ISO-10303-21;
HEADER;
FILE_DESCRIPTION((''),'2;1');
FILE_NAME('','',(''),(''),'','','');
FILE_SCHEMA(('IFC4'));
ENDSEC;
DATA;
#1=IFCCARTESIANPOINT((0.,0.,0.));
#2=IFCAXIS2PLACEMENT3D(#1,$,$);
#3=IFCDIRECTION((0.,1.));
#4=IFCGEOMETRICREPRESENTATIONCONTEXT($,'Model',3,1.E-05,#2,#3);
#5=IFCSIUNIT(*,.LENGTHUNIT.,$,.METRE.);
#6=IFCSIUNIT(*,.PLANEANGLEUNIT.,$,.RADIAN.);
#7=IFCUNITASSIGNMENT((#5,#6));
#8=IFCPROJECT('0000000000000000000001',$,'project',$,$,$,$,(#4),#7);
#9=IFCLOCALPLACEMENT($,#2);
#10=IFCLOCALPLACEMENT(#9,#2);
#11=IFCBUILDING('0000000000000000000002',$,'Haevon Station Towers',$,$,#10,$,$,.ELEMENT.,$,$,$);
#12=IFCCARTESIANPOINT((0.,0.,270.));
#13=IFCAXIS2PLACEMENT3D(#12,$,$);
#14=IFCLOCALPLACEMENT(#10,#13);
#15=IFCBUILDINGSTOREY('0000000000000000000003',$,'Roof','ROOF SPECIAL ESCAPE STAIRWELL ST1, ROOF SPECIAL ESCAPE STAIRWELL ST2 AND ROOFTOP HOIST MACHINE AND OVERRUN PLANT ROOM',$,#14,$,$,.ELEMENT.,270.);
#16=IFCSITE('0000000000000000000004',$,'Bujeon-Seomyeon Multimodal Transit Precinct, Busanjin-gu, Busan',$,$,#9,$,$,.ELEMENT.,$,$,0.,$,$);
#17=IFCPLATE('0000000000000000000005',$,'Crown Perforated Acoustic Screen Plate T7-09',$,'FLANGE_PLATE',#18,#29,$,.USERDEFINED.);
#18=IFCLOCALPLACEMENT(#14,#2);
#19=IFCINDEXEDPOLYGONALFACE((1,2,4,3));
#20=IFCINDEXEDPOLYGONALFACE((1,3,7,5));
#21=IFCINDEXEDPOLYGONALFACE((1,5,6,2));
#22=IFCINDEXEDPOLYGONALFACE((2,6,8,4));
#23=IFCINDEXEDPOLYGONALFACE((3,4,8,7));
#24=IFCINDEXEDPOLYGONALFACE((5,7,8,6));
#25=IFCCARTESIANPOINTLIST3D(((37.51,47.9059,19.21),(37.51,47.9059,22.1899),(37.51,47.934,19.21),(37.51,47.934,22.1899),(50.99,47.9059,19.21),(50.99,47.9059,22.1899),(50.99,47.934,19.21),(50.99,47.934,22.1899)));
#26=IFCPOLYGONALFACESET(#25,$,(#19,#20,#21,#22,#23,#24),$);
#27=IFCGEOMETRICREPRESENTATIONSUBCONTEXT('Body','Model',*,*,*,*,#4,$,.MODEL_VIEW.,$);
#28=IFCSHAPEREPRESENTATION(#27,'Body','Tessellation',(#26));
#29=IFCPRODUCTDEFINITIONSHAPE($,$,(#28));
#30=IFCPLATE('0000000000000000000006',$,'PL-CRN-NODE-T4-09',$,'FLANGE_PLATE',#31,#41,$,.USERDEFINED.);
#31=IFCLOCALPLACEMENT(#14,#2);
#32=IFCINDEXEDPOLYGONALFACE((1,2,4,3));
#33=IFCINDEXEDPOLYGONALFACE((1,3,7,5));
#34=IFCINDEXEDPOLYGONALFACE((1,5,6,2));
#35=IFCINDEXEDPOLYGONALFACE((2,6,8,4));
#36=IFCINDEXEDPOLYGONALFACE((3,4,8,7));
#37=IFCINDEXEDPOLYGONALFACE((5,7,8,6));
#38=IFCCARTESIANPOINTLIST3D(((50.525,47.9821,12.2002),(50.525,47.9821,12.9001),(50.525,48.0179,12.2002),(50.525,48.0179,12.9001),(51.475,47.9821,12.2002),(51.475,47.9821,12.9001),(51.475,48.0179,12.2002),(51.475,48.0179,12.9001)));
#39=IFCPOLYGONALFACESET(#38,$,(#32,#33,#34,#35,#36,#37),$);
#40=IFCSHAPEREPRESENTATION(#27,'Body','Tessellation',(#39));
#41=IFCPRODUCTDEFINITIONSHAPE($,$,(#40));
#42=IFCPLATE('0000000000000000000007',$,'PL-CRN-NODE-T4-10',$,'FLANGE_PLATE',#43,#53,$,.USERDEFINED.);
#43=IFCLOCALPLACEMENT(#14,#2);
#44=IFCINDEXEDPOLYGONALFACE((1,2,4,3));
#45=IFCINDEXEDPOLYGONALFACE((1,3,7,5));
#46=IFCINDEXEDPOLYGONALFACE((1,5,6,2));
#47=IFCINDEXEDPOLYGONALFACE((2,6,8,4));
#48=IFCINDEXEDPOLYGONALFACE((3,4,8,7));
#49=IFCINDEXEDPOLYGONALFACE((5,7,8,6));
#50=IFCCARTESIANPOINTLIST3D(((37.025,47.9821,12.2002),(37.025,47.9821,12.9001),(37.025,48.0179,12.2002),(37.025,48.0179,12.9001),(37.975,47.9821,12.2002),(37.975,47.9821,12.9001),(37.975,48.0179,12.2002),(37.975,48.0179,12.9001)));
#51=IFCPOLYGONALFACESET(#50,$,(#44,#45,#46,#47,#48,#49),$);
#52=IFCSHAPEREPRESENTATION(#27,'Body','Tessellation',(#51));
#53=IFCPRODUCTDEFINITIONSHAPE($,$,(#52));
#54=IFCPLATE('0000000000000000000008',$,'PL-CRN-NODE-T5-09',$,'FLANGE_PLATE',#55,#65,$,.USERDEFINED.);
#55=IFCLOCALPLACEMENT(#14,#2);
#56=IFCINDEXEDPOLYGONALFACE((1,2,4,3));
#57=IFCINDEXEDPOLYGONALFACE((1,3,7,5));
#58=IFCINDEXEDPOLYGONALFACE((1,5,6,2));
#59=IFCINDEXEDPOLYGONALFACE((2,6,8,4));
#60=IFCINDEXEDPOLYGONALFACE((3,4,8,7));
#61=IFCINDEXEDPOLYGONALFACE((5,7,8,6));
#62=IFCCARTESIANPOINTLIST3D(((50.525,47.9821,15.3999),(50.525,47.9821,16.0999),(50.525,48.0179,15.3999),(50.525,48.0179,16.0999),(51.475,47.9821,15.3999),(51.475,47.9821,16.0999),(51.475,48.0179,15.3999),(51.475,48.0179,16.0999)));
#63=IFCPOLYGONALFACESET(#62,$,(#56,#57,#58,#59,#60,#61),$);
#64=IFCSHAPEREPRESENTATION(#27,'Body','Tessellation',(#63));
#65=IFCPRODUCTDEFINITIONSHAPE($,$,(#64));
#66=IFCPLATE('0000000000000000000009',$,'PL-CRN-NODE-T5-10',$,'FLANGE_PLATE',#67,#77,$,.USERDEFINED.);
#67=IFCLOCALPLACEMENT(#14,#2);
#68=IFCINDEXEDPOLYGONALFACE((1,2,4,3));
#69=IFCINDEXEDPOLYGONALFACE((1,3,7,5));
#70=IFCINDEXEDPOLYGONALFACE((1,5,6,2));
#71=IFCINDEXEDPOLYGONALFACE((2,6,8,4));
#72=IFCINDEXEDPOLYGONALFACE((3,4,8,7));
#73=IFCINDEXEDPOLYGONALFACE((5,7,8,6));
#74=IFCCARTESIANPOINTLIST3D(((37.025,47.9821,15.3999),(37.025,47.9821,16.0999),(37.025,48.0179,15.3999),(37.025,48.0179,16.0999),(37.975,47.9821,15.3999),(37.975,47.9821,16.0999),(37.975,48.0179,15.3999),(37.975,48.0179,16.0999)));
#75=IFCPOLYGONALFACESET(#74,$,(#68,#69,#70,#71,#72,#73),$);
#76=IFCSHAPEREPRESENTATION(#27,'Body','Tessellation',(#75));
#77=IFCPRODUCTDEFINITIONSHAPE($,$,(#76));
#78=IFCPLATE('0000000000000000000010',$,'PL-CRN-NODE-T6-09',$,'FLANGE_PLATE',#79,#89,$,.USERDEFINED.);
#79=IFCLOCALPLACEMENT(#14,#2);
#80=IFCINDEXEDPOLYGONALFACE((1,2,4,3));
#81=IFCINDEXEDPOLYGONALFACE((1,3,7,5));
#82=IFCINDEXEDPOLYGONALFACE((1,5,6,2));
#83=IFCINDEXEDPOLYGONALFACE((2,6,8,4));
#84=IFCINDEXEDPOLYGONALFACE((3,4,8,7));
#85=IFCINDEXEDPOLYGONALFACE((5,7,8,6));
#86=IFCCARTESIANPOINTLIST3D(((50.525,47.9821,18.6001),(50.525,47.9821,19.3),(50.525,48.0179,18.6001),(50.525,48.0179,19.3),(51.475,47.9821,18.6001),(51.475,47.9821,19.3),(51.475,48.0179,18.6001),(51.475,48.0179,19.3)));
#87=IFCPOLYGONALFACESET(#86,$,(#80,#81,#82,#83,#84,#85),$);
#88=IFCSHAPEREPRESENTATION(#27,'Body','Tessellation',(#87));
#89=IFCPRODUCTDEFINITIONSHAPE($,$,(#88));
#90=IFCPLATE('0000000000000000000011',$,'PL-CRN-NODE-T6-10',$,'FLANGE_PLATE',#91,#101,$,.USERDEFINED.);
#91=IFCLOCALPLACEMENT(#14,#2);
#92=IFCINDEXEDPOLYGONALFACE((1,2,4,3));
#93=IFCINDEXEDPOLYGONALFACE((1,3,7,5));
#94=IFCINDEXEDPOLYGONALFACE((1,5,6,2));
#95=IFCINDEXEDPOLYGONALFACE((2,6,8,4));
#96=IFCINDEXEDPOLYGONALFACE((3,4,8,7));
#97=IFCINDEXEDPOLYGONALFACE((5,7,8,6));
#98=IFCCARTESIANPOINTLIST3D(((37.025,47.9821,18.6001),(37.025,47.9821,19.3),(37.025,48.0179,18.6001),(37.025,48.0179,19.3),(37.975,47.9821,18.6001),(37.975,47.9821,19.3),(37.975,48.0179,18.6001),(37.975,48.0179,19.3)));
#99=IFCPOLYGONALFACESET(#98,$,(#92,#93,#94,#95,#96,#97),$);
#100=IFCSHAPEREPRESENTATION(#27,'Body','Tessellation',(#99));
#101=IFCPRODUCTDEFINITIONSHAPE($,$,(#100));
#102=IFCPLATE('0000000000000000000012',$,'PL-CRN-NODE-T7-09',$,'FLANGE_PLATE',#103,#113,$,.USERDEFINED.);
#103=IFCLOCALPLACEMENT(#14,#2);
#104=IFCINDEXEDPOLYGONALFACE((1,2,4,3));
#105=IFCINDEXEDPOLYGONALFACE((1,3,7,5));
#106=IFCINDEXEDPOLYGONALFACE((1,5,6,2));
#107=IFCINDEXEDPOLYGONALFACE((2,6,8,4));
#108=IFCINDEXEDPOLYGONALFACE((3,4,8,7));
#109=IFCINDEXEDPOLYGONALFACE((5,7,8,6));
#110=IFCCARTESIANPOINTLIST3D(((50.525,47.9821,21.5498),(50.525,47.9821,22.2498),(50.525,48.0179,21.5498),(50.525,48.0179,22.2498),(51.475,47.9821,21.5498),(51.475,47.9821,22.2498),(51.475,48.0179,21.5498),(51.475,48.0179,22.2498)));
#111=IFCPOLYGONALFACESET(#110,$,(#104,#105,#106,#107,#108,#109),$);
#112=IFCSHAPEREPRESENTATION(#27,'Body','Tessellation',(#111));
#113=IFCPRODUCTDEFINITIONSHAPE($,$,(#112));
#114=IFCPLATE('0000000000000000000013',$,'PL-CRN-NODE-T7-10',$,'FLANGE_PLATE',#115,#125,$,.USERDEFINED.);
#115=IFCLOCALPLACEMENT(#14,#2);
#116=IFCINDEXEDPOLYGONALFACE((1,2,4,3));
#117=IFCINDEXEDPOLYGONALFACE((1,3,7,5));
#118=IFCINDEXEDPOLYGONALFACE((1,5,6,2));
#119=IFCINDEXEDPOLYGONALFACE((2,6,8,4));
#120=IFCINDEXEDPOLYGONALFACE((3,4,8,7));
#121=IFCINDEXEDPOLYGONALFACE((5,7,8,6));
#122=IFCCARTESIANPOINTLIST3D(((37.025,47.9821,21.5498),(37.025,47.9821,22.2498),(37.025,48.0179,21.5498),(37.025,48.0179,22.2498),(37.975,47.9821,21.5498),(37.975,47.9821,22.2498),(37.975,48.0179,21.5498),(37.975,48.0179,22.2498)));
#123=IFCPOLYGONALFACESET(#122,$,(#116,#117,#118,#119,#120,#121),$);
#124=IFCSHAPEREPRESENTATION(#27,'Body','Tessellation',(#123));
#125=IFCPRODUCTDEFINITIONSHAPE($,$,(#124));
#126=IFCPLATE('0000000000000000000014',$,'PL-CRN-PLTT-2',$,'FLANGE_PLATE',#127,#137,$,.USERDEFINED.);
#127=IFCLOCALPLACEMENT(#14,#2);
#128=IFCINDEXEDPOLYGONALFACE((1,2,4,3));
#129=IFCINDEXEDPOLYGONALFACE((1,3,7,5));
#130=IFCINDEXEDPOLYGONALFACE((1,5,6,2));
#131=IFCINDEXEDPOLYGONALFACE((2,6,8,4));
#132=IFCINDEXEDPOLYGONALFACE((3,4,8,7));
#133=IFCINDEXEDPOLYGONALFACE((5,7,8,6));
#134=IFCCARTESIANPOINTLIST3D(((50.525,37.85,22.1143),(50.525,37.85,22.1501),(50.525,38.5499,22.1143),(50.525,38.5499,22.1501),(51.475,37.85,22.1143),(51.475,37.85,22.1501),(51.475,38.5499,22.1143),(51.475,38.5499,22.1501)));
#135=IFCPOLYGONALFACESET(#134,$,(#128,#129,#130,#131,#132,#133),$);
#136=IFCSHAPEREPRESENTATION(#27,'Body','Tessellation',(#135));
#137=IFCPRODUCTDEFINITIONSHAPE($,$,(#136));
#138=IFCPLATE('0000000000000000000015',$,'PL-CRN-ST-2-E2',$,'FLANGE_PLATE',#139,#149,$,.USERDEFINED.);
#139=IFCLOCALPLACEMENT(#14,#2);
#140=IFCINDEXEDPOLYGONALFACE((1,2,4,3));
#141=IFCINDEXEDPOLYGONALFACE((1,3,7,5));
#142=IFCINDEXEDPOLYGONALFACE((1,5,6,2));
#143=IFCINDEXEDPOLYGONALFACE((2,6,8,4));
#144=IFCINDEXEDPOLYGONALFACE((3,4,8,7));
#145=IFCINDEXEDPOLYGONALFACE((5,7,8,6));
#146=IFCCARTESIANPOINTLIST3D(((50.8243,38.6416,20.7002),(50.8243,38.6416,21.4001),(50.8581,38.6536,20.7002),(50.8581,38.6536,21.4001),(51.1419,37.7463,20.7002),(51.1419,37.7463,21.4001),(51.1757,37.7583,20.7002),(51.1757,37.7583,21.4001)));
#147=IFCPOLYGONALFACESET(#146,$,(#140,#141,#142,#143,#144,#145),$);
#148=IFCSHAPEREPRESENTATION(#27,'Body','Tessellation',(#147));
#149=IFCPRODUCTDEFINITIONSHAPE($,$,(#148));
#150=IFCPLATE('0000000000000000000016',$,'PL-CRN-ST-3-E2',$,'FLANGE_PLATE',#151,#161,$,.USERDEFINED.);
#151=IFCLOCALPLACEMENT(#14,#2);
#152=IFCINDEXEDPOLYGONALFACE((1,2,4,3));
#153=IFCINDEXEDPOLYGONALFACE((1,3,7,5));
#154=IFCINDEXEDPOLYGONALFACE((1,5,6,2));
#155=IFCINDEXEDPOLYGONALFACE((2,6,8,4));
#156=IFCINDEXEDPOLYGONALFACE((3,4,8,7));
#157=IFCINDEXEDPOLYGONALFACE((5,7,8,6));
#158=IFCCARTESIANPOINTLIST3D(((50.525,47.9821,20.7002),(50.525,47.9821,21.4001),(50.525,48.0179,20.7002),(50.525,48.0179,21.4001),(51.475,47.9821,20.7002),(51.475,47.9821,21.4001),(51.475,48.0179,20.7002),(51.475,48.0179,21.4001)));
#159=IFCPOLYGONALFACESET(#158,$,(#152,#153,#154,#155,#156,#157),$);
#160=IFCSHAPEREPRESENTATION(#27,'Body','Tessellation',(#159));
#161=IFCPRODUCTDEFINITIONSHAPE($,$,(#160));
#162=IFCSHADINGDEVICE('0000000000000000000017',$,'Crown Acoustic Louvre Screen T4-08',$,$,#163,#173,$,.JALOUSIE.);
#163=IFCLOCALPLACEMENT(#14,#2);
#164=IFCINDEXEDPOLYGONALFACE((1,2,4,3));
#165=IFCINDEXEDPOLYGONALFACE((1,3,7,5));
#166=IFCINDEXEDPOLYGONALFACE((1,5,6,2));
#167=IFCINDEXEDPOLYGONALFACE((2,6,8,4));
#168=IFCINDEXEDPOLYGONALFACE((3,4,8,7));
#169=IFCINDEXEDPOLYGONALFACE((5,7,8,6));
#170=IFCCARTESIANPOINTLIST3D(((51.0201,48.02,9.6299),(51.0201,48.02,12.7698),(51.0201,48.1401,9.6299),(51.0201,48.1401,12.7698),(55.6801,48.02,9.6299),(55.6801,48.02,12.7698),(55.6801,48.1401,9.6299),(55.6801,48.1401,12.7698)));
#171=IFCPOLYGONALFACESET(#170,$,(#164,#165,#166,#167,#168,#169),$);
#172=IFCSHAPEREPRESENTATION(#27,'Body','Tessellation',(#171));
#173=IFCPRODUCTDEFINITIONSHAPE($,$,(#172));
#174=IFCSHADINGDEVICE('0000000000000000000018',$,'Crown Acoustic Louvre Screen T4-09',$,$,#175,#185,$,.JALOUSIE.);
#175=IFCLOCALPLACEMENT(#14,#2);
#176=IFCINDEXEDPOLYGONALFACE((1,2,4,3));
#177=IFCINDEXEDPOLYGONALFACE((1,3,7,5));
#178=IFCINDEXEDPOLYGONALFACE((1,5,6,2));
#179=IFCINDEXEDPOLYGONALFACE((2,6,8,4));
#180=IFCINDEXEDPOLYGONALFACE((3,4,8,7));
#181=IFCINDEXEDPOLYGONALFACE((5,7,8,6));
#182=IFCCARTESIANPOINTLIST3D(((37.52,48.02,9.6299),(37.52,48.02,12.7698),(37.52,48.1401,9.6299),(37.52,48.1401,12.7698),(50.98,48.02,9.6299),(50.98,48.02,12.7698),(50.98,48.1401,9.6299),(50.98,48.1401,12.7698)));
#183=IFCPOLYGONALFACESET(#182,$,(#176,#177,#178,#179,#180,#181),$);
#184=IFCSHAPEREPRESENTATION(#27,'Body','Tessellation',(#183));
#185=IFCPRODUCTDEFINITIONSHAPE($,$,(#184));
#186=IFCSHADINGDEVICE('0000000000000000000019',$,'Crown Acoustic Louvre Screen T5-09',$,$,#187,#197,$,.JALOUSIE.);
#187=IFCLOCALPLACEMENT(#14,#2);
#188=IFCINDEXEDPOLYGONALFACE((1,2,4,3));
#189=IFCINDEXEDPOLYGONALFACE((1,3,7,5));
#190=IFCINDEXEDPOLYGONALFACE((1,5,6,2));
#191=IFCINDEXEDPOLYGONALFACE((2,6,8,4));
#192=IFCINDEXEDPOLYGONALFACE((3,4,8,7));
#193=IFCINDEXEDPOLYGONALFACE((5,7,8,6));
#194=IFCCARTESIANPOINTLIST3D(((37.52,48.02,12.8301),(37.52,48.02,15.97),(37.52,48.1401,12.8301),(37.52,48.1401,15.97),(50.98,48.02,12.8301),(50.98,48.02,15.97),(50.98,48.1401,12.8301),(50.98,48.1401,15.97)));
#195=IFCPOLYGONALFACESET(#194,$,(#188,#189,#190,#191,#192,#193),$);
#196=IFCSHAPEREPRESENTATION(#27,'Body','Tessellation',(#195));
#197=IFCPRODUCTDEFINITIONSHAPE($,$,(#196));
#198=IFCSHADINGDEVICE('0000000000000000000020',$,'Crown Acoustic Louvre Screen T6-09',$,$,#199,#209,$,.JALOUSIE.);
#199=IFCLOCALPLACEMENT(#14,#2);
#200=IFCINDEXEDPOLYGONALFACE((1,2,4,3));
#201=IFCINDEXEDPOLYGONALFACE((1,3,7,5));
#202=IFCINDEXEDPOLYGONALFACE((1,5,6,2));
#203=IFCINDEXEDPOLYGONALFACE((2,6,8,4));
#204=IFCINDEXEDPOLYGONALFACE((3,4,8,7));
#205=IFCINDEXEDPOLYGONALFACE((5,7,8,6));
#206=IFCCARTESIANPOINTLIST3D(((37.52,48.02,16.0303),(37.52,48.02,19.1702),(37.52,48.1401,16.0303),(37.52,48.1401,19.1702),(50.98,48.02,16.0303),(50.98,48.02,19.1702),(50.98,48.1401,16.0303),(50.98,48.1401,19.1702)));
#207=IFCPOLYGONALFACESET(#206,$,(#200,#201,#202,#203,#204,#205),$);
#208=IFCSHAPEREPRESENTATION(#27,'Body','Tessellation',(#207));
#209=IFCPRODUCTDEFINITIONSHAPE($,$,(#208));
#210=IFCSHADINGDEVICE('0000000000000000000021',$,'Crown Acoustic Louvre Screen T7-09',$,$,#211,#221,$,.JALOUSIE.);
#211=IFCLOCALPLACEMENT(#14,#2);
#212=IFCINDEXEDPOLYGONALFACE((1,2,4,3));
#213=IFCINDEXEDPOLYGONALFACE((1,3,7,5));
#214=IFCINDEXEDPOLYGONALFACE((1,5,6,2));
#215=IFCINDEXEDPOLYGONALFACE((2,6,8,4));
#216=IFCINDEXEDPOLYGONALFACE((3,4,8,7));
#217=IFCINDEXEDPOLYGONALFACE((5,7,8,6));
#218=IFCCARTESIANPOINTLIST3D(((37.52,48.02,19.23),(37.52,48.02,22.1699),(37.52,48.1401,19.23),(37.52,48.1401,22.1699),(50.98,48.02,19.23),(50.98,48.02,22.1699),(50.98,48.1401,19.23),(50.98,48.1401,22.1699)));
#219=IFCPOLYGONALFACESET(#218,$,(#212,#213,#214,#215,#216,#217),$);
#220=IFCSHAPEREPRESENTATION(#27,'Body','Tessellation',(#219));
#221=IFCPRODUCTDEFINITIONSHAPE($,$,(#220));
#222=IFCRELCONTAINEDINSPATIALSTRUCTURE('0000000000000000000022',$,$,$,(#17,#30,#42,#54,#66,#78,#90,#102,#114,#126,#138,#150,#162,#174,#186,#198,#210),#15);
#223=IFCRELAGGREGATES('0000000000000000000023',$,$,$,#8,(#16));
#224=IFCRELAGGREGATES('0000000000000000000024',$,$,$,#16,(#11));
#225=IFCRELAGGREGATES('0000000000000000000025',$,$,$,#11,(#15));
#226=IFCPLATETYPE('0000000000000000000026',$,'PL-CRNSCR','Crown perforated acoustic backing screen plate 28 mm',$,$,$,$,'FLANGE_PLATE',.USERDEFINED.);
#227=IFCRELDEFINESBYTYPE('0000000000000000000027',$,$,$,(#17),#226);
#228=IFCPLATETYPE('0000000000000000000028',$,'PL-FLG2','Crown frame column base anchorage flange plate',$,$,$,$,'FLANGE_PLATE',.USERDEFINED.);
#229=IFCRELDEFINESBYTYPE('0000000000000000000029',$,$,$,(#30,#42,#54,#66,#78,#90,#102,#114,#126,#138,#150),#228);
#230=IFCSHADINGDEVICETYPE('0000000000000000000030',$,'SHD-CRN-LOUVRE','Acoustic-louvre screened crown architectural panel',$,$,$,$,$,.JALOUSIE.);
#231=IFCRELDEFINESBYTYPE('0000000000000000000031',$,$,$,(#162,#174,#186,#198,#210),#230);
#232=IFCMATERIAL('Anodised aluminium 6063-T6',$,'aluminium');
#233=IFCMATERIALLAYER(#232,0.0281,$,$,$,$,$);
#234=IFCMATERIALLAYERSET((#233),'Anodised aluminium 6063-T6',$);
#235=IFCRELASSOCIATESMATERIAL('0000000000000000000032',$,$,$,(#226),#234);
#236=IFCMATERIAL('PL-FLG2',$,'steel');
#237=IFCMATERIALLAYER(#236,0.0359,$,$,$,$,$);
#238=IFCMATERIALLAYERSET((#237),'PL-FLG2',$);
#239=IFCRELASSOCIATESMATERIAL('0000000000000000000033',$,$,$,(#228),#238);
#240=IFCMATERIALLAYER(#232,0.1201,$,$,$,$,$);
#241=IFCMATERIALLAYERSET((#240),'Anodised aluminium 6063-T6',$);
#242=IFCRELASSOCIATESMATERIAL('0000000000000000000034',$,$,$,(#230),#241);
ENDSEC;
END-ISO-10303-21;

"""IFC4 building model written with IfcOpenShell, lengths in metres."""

from ifc_helpers import new_model, si_unit, direction, frame, origin, origin_2d, place, context, subcontext, project, spatial, rectangle, extrude, material, layer, layer_set, type_object, element, save


model = new_model("IFC4")

# Units and contexts
model_context = context("Model", 3, precision=1e-05, world=origin(), true_north=direction((0.0, 1.0)))
body_context = subcontext(model_context, "Body", "Model", "MODEL_VIEW")
ifc_project = project(units=[si_unit("LENGTHUNIT", "METRE"), si_unit("PLANEANGLEUNIT", "RADIAN")], contexts=[model_context])

# Site, building, storey
site_placement = place(None, origin())
site = spatial("IfcSite", under=ifc_project, at=site_placement, Name="Bujeon-Seomyeon Multimodal Transit Precinct, Busanjin-gu, Busan", CompositionType="ELEMENT", RefElevation=0.0)
building_placement = place(site_placement, origin())
building = spatial("IfcBuilding", under=site, at=building_placement, Name="Haevon Station Towers", CompositionType="ELEMENT")
storey_placement = place(building_placement, frame((0.0, 0.0, 270.0)))
storey = spatial("IfcBuildingStorey", under=building, at=storey_placement, Name="Roof", Description="ROOF SPECIAL ESCAPE STAIRWELL ST1, ROOF SPECIAL ESCAPE STAIRWELL ST2 AND ROOFTOP HOIST MACHINE AND OVERRUN PLANT ROOM", CompositionType="ELEMENT", Elevation=270.0)

# Plates
ifc_material_1 = material(Name="Anodised aluminium 6063-T6", Category="aluminium")
ifc_layer_1 = layer(ifc_material_1, 0.0281)
ifc_layer_set_1 = layer_set([ifc_layer_1], Name="Anodised aluminium 6063-T6")
plate_type_1 = type_object("IfcPlateType", Name="PL-CRNSCR", Description="Crown perforated acoustic backing screen plate 28 mm", ElementType="FLANGE_PLATE", PredefinedType="USERDEFINED", material=ifc_layer_set_1)
plate_1_placement = place(storey_placement, frame((44.25, 47.9199, 19.21), z_axis=(0.0, 0.0, 1.0), x_axis=(-1.0, 0.0, 0.0)))
element("IfcPlate", 1, at=plate_1_placement, inside=storey, type_object=plate_type_1, Name="Crown Perforated Acoustic Screen Plate T7-09", ObjectType="FLANGE_PLATE", PredefinedType="USERDEFINED", context=body_context, shape_type="SweptSolid", body=[
    extrude(rectangle(XDim=13.48, YDim=0.0281, at=origin_2d()), origin(), (0.0, 0.0, 1.0), 2.98),
])
ifc_material_2 = material(Name="PL-FLG2", Category="steel")
ifc_layer_2 = layer(ifc_material_2, 0.0359)
ifc_layer_set_2 = layer_set([ifc_layer_2], Name="PL-FLG2")
plate_type_2 = type_object("IfcPlateType", Name="PL-FLG2", Description="Crown frame column base anchorage flange plate", ElementType="FLANGE_PLATE", PredefinedType="USERDEFINED", material=ifc_layer_set_2)
for number, where, z_axis, x_axis, name in (
    (2, (51.0, 48.0, 12.2002), (0.0, 0.0, 1.0), (-1.0, 0.0, 0.0), "PL-CRN-NODE-T4-09"),
    (3, (37.5, 48.0, 12.2002), (0.0, 0.0, 1.0), (-1.0, 0.0, 0.0), "PL-CRN-NODE-T4-10"),
    (4, (51.0, 48.0, 15.3999), (0.0, 0.0, 1.0), (-1.0, 0.0, 0.0), "PL-CRN-NODE-T5-09"),
    (5, (37.5, 48.0, 15.3999), (0.0, 0.0, 1.0), (-1.0, 0.0, 0.0), "PL-CRN-NODE-T5-10"),
    (6, (51.0, 48.0, 18.6001), (0.0, 0.0, 1.0), (-1.0, 0.0, 0.0), "PL-CRN-NODE-T6-09"),
    (7, (37.5, 48.0, 18.6001), (0.0, 0.0, 1.0), (-1.0, 0.0, 0.0), "PL-CRN-NODE-T6-10"),
    (8, (51.0, 48.0, 21.5498), (0.0, 0.0, 1.0), (-1.0, 0.0, 0.0), "PL-CRN-NODE-T7-09"),
    (9, (37.5, 48.0, 21.5498), (0.0, 0.0, 1.0), (-1.0, 0.0, 0.0), "PL-CRN-NODE-T7-10"),
):
    element("IfcPlate", number, at=place(storey_placement, frame(where, z_axis=z_axis, x_axis=x_axis)), inside=storey, type_object=plate_type_2, Name=name, ObjectType="FLANGE_PLATE", PredefinedType="USERDEFINED", context=body_context, shape_type="SweptSolid", body=[
        extrude(rectangle(XDim=0.95, YDim=0.0359, at=origin_2d()), origin(), (0.0, 0.0, 1.0), 0.7),
    ])
plate_2_placement = place(storey_placement, frame((51.0, 38.2, 22.1143), z_axis=(0.0, 0.0, 1.0), x_axis=(1.0, 0.0, 0.0)))
element("IfcPlate", 10, at=plate_2_placement, inside=storey, type_object=plate_type_2, Name="PL-CRN-PLTT-2", ObjectType="FLANGE_PLATE", PredefinedType="USERDEFINED", context=body_context, shape_type="SweptSolid", body=[
    extrude(rectangle(XDim=0.95, YDim=0.7, at=origin_2d()), origin(), (0.0, 0.0, 1.0), 0.0359),
])
for number, where, z_axis, x_axis, name in (
    (11, (51.0, 38.2, 20.7002), (0.0, 0.0, 1.0), (-0.334309, 0.942464, 0.0), "PL-CRN-ST-2-E2"),
    (12, (51.0, 48.0, 20.7002), (0.0, 0.0, 1.0), (-1.0, 0.0, 0.0), "PL-CRN-ST-3-E2"),
):
    element("IfcPlate", number, at=place(storey_placement, frame(where, z_axis=z_axis, x_axis=x_axis)), inside=storey, type_object=plate_type_2, Name=name, ObjectType="FLANGE_PLATE", PredefinedType="USERDEFINED", context=body_context, shape_type="SweptSolid", body=[
        extrude(rectangle(XDim=0.95, YDim=0.0359, at=origin_2d()), origin(), (0.0, 0.0, 1.0), 0.7),
    ])

# Shading devices
ifc_layer_3 = layer(ifc_material_1, 0.1201)
ifc_layer_set_3 = layer_set([ifc_layer_3], Name="Anodised aluminium 6063-T6")
shading_device_type = type_object("IfcShadingDeviceType", Name="SHD-CRN-LOUVRE", Description="Acoustic-louvre screened crown architectural panel", PredefinedType="JALOUSIE", material=ifc_layer_set_3)
shading_device_1_placement = place(storey_placement, frame((53.3501, 48.0801, 9.6299), z_axis=(0.0, 0.0, 1.0), x_axis=(-1.0, 0.0, 0.0)))
element("IfcShadingDevice", 13, at=shading_device_1_placement, inside=storey, type_object=shading_device_type, Name="Crown Acoustic Louvre Screen T4-08", PredefinedType="JALOUSIE", context=body_context, shape_type="SweptSolid", body=[
    extrude(rectangle(XDim=4.6599, YDim=0.1201, at=origin_2d()), origin(), (0.0, 0.0, 1.0), 3.1399),
])
for number, where, z_axis, x_axis, name in (
    (14, (44.25, 48.0801, 9.6299), (0.0, 0.0, 1.0), (-1.0, 0.0, 0.0), "Crown Acoustic Louvre Screen T4-09"),
    (15, (44.25, 48.0801, 12.8301), (0.0, 0.0, 1.0), (-1.0, 0.0, 0.0), "Crown Acoustic Louvre Screen T5-09"),
    (16, (44.25, 48.0801, 16.0303), (0.0, 0.0, 1.0), (-1.0, 0.0, 0.0), "Crown Acoustic Louvre Screen T6-09"),
):
    element("IfcShadingDevice", number, at=place(storey_placement, frame(where, z_axis=z_axis, x_axis=x_axis)), inside=storey, type_object=shading_device_type, Name=name, PredefinedType="JALOUSIE", context=body_context, shape_type="SweptSolid", body=[
        extrude(rectangle(XDim=13.46, YDim=0.1201, at=origin_2d()), origin(), (0.0, 0.0, 1.0), 3.1399),
    ])
shading_device_2_placement = place(storey_placement, frame((44.25, 48.0801, 19.23), z_axis=(0.0, 0.0, 1.0), x_axis=(-1.0, 0.0, 0.0)))
element("IfcShadingDevice", 17, at=shading_device_2_placement, inside=storey, type_object=shading_device_type, Name="Crown Acoustic Louvre Screen T7-09", PredefinedType="JALOUSIE", context=body_context, shape_type="SweptSolid", body=[
    extrude(rectangle(XDim=13.46, YDim=0.1201, at=origin_2d()), origin(), (0.0, 0.0, 1.0), 2.9399),
])

save(model, "model.ifc")
